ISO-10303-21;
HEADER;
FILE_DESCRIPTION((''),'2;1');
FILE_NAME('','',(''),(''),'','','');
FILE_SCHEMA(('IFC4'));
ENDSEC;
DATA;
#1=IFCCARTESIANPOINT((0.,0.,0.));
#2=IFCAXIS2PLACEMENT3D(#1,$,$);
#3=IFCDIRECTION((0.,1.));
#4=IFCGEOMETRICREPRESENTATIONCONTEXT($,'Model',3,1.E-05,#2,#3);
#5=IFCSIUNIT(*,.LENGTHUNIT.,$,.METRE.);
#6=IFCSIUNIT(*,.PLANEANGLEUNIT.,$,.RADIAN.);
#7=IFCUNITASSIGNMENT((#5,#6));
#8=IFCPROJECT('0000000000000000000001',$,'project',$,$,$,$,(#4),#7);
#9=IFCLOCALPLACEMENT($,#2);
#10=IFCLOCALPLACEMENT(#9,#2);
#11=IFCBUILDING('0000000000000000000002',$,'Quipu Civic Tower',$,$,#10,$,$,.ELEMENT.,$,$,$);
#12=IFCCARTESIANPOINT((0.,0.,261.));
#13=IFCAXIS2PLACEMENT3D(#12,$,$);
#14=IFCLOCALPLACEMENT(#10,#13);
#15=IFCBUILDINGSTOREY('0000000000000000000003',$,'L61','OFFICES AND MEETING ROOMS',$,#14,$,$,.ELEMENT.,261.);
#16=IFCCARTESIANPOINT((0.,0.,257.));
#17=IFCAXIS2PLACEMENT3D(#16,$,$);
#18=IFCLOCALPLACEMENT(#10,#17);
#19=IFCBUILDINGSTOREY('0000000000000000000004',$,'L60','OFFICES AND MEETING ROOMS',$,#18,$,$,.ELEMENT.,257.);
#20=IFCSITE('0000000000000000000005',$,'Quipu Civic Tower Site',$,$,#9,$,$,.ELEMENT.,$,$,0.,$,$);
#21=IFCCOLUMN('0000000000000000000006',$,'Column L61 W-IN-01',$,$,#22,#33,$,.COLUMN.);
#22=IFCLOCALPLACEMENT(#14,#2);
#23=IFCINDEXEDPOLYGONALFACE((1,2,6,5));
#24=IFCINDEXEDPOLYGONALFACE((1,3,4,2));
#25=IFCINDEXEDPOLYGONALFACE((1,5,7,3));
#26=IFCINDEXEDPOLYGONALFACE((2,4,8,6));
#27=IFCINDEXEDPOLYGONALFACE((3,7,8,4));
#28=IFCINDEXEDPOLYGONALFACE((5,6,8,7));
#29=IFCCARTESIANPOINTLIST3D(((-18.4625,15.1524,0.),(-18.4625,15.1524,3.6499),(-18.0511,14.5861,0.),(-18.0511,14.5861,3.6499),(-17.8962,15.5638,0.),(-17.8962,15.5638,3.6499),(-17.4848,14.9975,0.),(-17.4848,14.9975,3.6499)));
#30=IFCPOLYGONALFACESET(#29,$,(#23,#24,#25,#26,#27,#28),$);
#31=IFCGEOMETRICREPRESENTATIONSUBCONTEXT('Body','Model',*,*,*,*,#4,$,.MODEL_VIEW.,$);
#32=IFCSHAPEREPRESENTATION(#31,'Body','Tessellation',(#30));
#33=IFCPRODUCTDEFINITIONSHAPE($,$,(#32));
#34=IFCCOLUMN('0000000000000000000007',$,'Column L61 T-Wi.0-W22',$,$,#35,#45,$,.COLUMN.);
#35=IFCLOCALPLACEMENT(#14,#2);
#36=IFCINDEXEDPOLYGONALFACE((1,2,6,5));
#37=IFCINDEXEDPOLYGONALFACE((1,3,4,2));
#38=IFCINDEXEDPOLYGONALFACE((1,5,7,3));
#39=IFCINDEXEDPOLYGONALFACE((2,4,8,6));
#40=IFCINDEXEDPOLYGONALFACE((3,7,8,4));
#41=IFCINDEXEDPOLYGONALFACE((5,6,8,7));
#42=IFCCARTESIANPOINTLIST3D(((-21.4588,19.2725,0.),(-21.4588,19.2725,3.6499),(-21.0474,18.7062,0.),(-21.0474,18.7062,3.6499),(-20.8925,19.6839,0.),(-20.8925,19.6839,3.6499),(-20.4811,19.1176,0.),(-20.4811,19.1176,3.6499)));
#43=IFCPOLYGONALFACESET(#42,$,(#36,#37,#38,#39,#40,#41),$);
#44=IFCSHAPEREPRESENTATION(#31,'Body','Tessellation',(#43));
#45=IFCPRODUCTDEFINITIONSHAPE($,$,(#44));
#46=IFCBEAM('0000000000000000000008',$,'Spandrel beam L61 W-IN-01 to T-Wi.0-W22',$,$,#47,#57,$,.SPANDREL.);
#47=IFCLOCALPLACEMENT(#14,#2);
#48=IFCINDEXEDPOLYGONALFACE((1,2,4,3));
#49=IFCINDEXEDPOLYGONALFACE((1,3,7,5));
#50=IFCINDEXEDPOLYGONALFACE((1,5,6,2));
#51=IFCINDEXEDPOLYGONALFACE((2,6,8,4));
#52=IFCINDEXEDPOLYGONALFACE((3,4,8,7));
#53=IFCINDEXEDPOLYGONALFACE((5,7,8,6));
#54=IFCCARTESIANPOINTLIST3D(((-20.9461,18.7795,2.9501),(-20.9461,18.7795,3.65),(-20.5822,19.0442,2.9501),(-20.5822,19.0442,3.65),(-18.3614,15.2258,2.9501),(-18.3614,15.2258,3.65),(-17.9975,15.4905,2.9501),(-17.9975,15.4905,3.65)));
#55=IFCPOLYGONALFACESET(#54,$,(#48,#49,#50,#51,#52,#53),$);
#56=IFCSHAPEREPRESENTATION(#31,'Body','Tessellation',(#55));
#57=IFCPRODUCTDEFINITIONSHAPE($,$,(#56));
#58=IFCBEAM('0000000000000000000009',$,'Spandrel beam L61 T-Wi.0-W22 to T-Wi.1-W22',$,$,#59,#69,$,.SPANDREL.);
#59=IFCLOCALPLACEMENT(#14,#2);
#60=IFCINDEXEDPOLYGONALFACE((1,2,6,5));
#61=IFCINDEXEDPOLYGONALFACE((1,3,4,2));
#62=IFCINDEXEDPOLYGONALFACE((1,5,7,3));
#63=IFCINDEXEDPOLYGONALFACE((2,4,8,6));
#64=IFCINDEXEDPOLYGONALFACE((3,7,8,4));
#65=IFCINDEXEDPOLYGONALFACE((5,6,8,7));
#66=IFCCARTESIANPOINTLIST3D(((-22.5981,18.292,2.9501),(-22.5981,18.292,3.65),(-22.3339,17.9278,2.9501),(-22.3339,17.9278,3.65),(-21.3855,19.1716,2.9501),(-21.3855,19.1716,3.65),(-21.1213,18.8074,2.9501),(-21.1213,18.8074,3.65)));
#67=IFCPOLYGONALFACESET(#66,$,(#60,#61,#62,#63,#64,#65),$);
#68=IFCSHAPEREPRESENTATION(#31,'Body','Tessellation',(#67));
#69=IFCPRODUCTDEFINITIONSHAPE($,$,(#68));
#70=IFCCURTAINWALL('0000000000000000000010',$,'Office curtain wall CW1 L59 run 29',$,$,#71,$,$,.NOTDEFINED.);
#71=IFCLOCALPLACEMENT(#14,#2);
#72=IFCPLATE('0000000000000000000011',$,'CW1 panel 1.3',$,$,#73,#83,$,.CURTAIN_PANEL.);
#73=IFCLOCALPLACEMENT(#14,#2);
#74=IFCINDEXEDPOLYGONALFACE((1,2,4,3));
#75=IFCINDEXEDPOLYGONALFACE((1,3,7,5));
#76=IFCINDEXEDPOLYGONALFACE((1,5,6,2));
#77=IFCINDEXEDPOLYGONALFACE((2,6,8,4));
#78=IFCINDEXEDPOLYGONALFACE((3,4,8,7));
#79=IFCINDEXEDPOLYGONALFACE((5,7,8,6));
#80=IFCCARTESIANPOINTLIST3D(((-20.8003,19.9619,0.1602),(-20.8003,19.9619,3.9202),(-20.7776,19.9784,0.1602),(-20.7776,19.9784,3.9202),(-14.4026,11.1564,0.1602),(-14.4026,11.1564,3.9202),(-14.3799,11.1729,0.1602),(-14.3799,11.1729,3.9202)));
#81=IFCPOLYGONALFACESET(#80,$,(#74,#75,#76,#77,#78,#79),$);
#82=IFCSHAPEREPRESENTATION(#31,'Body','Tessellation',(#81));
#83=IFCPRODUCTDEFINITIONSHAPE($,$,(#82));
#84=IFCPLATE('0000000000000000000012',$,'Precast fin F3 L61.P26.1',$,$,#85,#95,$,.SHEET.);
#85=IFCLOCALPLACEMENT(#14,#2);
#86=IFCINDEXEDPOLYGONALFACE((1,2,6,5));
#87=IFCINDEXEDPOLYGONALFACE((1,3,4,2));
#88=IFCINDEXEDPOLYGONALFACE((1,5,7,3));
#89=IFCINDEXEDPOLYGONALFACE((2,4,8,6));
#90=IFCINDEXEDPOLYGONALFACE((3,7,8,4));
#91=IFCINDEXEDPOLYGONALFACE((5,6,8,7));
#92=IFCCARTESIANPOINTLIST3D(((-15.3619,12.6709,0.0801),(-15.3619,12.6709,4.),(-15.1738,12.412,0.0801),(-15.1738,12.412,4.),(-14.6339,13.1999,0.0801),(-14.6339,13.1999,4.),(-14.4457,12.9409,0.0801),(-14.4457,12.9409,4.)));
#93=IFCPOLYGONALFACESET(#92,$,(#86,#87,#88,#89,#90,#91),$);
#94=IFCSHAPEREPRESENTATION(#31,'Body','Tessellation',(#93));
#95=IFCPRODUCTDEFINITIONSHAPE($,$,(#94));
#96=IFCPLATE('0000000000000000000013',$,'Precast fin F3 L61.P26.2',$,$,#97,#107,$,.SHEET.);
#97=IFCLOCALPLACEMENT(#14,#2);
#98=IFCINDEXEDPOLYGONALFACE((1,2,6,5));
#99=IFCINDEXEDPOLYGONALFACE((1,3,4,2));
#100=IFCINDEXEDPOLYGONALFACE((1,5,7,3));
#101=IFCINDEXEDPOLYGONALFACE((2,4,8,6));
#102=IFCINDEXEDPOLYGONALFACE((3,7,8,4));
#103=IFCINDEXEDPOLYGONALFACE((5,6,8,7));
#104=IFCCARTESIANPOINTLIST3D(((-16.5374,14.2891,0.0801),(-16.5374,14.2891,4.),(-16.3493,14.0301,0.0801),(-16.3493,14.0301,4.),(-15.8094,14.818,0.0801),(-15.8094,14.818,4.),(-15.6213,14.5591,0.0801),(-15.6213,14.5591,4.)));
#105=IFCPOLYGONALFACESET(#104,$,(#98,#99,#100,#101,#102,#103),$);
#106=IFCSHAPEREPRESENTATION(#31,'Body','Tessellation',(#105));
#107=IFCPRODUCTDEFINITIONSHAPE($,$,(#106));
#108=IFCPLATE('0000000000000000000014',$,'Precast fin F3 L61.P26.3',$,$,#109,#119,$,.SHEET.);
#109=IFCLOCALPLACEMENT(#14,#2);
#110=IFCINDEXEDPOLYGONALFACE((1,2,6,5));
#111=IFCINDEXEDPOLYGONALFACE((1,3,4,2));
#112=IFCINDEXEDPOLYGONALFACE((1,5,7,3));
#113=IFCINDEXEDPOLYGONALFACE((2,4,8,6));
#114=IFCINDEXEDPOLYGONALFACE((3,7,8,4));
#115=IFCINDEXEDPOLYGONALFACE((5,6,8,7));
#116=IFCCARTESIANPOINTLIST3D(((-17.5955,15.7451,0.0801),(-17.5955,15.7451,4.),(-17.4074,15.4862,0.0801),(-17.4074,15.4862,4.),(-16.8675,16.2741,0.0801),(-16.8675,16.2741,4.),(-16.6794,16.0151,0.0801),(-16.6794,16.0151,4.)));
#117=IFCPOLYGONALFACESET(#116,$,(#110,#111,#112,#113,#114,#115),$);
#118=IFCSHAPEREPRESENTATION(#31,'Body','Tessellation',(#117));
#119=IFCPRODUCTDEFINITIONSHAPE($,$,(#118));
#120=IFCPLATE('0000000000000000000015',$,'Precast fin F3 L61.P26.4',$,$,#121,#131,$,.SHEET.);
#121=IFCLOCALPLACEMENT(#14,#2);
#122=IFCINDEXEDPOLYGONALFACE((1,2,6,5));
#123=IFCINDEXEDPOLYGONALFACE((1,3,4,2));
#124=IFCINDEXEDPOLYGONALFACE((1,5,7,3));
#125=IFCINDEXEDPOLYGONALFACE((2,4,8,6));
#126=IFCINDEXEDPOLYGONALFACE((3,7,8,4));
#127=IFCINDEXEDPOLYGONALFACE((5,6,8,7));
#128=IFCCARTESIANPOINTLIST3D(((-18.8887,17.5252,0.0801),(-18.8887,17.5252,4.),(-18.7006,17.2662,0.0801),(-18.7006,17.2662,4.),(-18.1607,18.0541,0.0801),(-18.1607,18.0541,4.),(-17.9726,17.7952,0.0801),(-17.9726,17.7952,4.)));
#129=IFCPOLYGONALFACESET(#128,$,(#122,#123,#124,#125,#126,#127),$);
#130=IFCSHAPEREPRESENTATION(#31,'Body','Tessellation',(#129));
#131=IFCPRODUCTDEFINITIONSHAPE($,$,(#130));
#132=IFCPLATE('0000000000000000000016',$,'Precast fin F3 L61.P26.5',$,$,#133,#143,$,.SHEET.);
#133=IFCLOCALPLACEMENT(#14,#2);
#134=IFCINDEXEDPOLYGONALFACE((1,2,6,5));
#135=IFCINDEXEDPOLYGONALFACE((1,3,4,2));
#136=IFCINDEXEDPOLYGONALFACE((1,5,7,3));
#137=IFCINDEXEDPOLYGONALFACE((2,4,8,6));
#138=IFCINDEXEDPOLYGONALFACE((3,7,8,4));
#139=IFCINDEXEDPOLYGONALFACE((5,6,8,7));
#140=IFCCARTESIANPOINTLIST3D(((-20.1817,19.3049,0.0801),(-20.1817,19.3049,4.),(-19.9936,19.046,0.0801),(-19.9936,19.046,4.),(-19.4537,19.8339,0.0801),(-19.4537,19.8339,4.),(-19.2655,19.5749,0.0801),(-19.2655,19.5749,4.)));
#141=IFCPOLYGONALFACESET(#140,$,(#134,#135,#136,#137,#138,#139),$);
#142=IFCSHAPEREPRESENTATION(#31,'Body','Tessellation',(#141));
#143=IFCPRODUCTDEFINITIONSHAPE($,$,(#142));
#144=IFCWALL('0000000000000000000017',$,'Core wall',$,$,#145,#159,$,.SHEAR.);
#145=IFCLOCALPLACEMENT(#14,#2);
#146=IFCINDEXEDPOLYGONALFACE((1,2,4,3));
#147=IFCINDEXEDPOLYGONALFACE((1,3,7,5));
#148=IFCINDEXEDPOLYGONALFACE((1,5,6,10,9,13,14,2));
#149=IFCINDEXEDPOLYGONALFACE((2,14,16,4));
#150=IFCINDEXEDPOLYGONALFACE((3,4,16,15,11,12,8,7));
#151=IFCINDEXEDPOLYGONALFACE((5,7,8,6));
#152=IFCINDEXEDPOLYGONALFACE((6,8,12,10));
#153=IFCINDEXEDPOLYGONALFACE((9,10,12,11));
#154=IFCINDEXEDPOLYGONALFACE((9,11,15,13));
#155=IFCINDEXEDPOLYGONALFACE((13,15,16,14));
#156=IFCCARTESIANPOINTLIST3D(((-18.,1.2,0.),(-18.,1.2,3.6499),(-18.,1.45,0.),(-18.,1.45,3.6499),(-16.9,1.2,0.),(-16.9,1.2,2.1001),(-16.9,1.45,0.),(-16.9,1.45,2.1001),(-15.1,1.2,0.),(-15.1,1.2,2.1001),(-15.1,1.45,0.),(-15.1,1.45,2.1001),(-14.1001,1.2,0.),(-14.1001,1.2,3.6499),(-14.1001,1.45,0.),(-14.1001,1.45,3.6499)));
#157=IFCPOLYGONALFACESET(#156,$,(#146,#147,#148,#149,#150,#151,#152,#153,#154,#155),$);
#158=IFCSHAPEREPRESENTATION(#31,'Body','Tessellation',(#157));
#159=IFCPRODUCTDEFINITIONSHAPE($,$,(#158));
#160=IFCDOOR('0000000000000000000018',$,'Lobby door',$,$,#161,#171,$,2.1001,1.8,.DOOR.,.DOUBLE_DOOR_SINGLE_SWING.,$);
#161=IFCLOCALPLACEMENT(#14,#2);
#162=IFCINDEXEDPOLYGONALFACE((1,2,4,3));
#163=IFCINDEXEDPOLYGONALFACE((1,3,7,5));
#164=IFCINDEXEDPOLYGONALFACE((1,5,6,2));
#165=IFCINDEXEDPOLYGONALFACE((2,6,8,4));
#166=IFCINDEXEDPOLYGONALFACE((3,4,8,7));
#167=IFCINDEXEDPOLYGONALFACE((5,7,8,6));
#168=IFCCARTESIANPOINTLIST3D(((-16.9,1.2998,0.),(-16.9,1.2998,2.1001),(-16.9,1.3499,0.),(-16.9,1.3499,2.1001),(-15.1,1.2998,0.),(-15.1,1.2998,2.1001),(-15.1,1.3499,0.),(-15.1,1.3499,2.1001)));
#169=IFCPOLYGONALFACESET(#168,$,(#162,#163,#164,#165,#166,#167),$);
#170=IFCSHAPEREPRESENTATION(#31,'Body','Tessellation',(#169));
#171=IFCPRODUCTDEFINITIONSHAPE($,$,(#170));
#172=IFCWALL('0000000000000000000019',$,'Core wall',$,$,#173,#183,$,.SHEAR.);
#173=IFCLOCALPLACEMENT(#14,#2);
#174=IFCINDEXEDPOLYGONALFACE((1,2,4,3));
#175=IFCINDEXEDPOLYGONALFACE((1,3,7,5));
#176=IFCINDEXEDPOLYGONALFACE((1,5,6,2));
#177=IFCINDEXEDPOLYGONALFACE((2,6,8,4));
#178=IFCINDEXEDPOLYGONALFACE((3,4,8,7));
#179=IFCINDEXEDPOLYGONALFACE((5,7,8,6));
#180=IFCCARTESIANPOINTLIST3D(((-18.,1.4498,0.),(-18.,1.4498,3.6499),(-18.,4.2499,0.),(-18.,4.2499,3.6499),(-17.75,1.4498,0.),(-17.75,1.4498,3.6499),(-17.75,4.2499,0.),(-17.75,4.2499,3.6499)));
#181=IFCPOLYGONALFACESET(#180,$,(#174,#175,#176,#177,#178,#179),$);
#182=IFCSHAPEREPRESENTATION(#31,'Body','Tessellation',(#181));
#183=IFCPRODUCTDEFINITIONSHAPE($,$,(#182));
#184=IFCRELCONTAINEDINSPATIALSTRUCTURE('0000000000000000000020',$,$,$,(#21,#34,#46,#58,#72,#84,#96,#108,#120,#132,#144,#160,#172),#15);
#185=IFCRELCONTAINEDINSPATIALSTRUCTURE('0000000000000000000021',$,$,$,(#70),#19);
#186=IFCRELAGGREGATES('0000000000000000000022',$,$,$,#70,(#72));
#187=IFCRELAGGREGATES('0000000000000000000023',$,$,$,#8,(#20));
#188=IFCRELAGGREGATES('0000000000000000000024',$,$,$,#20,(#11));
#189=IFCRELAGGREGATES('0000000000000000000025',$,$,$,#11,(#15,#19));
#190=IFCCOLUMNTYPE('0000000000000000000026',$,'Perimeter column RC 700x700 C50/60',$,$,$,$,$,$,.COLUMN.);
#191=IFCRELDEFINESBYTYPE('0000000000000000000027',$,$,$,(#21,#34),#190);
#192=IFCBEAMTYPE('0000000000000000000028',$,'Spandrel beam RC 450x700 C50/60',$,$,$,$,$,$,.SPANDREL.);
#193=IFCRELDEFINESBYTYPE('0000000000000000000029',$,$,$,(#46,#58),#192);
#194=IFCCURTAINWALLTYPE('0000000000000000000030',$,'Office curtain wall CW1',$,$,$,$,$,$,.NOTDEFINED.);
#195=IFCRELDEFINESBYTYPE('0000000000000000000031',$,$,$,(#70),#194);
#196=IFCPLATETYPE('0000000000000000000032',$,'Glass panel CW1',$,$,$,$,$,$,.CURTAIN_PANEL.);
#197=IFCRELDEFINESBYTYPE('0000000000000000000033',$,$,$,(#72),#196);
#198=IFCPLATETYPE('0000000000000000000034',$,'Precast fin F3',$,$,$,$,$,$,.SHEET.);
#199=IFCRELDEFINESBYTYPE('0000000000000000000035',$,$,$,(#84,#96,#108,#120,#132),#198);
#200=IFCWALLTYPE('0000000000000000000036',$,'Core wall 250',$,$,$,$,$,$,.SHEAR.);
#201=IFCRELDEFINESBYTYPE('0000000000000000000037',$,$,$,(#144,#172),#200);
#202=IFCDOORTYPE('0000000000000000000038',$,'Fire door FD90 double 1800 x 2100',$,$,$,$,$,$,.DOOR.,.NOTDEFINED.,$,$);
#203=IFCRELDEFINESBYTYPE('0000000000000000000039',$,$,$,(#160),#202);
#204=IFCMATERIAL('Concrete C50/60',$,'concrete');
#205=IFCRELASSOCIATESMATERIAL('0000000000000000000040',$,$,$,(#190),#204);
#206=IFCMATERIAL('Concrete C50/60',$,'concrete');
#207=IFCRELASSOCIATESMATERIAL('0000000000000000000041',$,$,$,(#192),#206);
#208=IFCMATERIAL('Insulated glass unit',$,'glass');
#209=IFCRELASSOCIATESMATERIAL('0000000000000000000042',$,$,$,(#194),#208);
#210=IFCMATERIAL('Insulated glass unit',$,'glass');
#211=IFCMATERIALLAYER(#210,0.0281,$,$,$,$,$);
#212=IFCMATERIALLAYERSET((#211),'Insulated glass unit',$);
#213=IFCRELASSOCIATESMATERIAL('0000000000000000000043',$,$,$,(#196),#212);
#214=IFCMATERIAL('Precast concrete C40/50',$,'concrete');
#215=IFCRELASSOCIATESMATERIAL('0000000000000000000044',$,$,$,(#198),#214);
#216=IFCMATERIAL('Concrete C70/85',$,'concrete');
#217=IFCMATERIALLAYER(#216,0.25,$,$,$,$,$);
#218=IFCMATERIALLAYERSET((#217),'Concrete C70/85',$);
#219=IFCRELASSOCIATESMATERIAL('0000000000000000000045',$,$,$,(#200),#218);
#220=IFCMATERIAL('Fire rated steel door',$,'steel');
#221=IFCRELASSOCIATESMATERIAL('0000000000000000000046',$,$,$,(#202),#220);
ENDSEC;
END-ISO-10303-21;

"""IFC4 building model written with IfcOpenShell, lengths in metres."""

from ifc_helpers import new_model, si_unit, direction, frame, frame_2d, origin, origin_2d, place, context, subcontext, project, spatial, rectangle, extrude, material, layer, layer_set, material_profile, profile_set, type_object, element, fill, aggregate, save


model = new_model("IFC4")

# Units and contexts
model_context = context("Model", 3, precision=1e-05, world=origin(), true_north=direction((0.0, 1.0)))
body_context = subcontext(model_context, "Body", "Model", "MODEL_VIEW")
ifc_project = project(units=[si_unit("LENGTHUNIT", "METRE"), si_unit("PLANEANGLEUNIT", "RADIAN")], contexts=[model_context])

# Site, building, storey
site_placement = place(None, origin())
site = spatial("IfcSite", under=ifc_project, at=site_placement, Name="Quipu Civic Tower Site", CompositionType="ELEMENT", RefElevation=0.0)
building_placement = place(site_placement, origin())
building = spatial("IfcBuilding", under=site, at=building_placement, Name="Quipu Civic Tower", CompositionType="ELEMENT")
storey_1_placement = place(building_placement, frame((0.0, 0.0, 261.0)))
storey_1 = spatial("IfcBuildingStorey", under=building, at=storey_1_placement, Name="L61", Description="OFFICES AND MEETING ROOMS", CompositionType="ELEMENT", Elevation=261.0)

# Columns
ifc_material_1 = material(Name="Concrete C50/60", Category="concrete")
ifc_material_profile_1 = material_profile(ifc_material_1, rectangle(XDim=0.7, YDim=0.7, at=origin_2d()), Name="RC700x700")
ifc_profile_set_1 = profile_set([ifc_material_profile_1], Name="Concrete C50/60")
column_type = type_object("IfcColumnType", Name="Perimeter column RC 700x700 C50/60", PredefinedType="COLUMN", material=ifc_profile_set_1)
for number, where, z_axis, x_axis, name in (
    (1, (-17.9736, 15.075, 0.0), (0.0, 0.0, 1.0), (-0.587785, 0.809017, 0.0), "Column L61 W-IN-01"),
    (2, (-20.97, 19.1951, 0.0), (0.0, 0.0, 1.0), (-0.587785, 0.809017, 0.0), "Column L61 T-Wi.0-W22"),
):
    element("IfcColumn", number, at=place(storey_1_placement, frame(where, z_axis=z_axis, x_axis=x_axis)), inside=storey_1, type_object=column_type, Name=name, PredefinedType="COLUMN", context=body_context, shape_type="SweptSolid", body=[
        extrude(rectangle(XDim=0.7, YDim=0.7, at=origin_2d()), origin(), (0.0, 0.0, 1.0), 3.6499),
    ])

# Beams
ifc_material_2 = material(Name="Concrete C50/60", Category="concrete")
ifc_material_profile_2 = material_profile(ifc_material_2, rectangle(XDim=0.45, YDim=0.7, at=origin_2d()), Name="RC450x700")
ifc_profile_set_2 = profile_set([ifc_material_profile_2], Name="Concrete C50/60")
beam_type = type_object("IfcBeamType", Name="Spandrel beam RC 450x700 C50/60", PredefinedType="SPANDREL", material=ifc_profile_set_2)
beam_1_placement = place(storey_1_placement, frame((-18.1794, 15.3582, 3.3), z_axis=(-0.588201, 0.808714, 0.0), x_axis=(-0.808714, -0.588201, 0.0)))
element("IfcBeam", 3, at=beam_1_placement, inside=storey_1, type_object=beam_type, Name="Spandrel beam L61 W-IN-01 to T-Wi.0-W22", PredefinedType="SPANDREL", context=body_context, shape_type="SweptSolid", body=[
    extrude(rectangle(XDim=0.45, YDim=0.7, at=origin_2d()), origin(), (0.0, 0.0, 1.0), 4.3943),
])
beam_2_placement = place(storey_1_placement, frame((-21.2534, 18.9895, 3.3), z_axis=(-0.809461, -0.587173, 0.0), x_axis=(0.587173, -0.809461, 0.0)))
element("IfcBeam", 4, at=beam_2_placement, inside=storey_1, type_object=beam_type, Name="Spandrel beam L61 T-Wi.0-W22 to T-Wi.1-W22", PredefinedType="SPANDREL", context=body_context, shape_type="SweptSolid", body=[
    extrude(rectangle(XDim=0.45, YDim=0.7, at=origin_2d()), origin(), (0.0, 0.0, 1.0), 1.498),
])

# Shared definitions
storey_2_placement = place(building_placement, frame((0.0, 0.0, 257.0)))
storey_2 = spatial("IfcBuildingStorey", under=building, at=storey_2_placement, Name="L60", Description="OFFICES AND MEETING ROOMS", CompositionType="ELEMENT", Elevation=257.0)

# Curtain wall, plate
ifc_material_3 = material(Name="Insulated glass unit", Category="glass")
curtain_wall_type = type_object("IfcCurtainWallType", Name="Office curtain wall CW1", PredefinedType="NOTDEFINED", material=ifc_material_3)
curtain_wall_placement = place(storey_2_placement, origin())
curtain_wall = element("IfcCurtainWall", 5, at=curtain_wall_placement, inside=storey_2, type_object=curtain_wall_type, Name="Office curtain wall CW1 L59 run 29", PredefinedType="NOTDEFINED")
ifc_material_4 = material(Name="Insulated glass unit", Category="glass")
ifc_layer_1 = layer(ifc_material_4, 0.0281)
ifc_layer_set_1 = layer_set([ifc_layer_1], Name="Insulated glass unit")
plate_type_1 = type_object("IfcPlateType", Name="Glass panel CW1", PredefinedType="CURTAIN_PANEL", material=ifc_layer_set_1)
plate_placement = place(storey_1_placement, frame((-17.5901, 15.5674, 0.1602), z_axis=(0.0, 0.0, 1.0), x_axis=(-0.587788, 0.809015, 0.0)))
plate = element("IfcPlate", 6, at=plate_placement, inside=storey_1, type_object=plate_type_1, Name="CW1 panel 1.3", PredefinedType="CURTAIN_PANEL", context=body_context, shape_type="SweptSolid", body=[
    extrude(rectangle(XDim=10.8843, YDim=0.0281, at=origin_2d()), origin(), (0.0, 0.0, 1.0), 3.76),
])
aggregate(curtain_wall, [plate])

# Plates
ifc_material_5 = material(Name="Precast concrete C40/50", Category="concrete")
plate_type_2 = type_object("IfcPlateType", Name="Precast fin F3", PredefinedType="SHEET", material=ifc_material_5)
for number, where, z_axis, x_axis, name in (
    (7, (-14.9038, 12.8059, 0.0801), (0.0, 0.0, 1.0), (-0.587784, 0.809018, 0.0), "Precast fin F3 L61.P26.1"),
    (8, (-16.0793, 14.4241, 0.0801), (0.0, 0.0, 1.0), (-0.587784, 0.809018, 0.0), "Precast fin F3 L61.P26.2"),
    (9, (-17.1375, 15.8801, 0.0801), (0.0, 0.0, 1.0), (-0.587784, 0.809018, 0.0), "Precast fin F3 L61.P26.3"),
    (10, (-18.4307, 17.6602, 0.0801), (0.0, 0.0, 1.0), (-0.587784, 0.809018, 0.0), "Precast fin F3 L61.P26.4"),
    (11, (-19.7236, 19.4399, 0.0801), (0.0, 0.0, 1.0), (-0.587784, 0.809018, 0.0), "Precast fin F3 L61.P26.5"),
):
    element("IfcPlate", number, at=place(storey_1_placement, frame(where, z_axis=z_axis, x_axis=x_axis)), inside=storey_1, type_object=plate_type_2, Name=name, PredefinedType="SHEET", context=body_context, shape_type="SweptSolid", body=[
        extrude(rectangle(XDim=0.3201, YDim=0.8999, at=origin_2d()), origin(), (0.0, 0.0, 1.0), 3.9199),
    ])

# Wall, opening, door
ifc_material_6 = material(Name="Concrete C70/85", Category="concrete")
ifc_layer_2 = layer(ifc_material_6, 0.25)
ifc_layer_set_2 = layer_set([ifc_layer_2], Name="Concrete C70/85")
wall_type_1 = type_object("IfcWallType", Name="Core wall 250", PredefinedType="SHEAR", material=ifc_layer_set_2)
wall_1_placement = place(storey_1_placement, frame((-18.0, 1.325, 0.0), z_axis=(0.0, 0.0, 1.0), x_axis=(1.0, 0.0, 0.0)))
wall_1 = element("IfcWall", 12, at=wall_1_placement, inside=storey_1, type_object=wall_type_1, Name="Core wall", PredefinedType="SHEAR", context=body_context, shape_type="SweptSolid", body=[
    extrude(rectangle(XDim=3.8999, YDim=0.25, at=frame_2d((1.95, 0.0))), origin(), (0.0, 0.0, 1.0), 3.6499),
])
opening_1_placement = place(wall_1_placement, frame((1.1001, 0.0, 0.0)))
opening_1 = element("IfcOpeningElement", 13, at=opening_1_placement, cuts=wall_1, PredefinedType="OPENING", context=body_context, shape_type="SweptSolid", body=[
    extrude(rectangle(XDim=1.8, YDim=2.1001, at=frame_2d((0.8999, 1.05))), frame((0.0, 0.135, 0.0), z_axis=(0.0, -1.0, 0.0), x_axis=(1.0, 0.0, 0.0)), (0.0, 0.0, 1.0), 0.27),
])
ifc_material_7 = material(Name="Fire rated steel door", Category="steel")
door_type = type_object("IfcDoorType", Name="Fire door FD90 double 1800 x 2100", OperationType="NOTDEFINED", PredefinedType="DOOR", material=ifc_material_7)
door_1_placement = place(opening_1_placement, origin())
door_1 = element("IfcDoor", 14, at=door_1_placement, inside=storey_1, type_object=door_type, Name="Lobby door", OperationType="DOUBLE_DOOR_SINGLE_SWING", OverallHeight=2.1001, OverallWidth=1.8, PredefinedType="DOOR", context=body_context, shape_type="SweptSolid", body=[
    extrude(rectangle(XDim=1.8, YDim=2.1001, at=frame_2d((0.8999, 1.05))), frame((0.0, 0.0249, 0.0), z_axis=(0.0, -1.0, 0.0), x_axis=(1.0, 0.0, 0.0)), (0.0, 0.0, 1.0), 0.05),
])
fill(opening_1, door_1)

# Wall
wall_2_placement = place(storey_1_placement, frame((-17.875, 1.45, 0.0), z_axis=(0.0, 0.0, 1.0), x_axis=(0.0, 1.0, 0.0)))
element("IfcWall", 15, at=wall_2_placement, inside=storey_1, type_object=wall_type_1, Name="Core wall", PredefinedType="SHEAR", context=body_context, shape_type="SweptSolid", body=[
    extrude(rectangle(XDim=2.8, YDim=0.25, at=frame_2d((1.3999, 0.0))), origin(), (0.0, 0.0, 1.0), 3.6499),
])

save(model, "model.ifc")
